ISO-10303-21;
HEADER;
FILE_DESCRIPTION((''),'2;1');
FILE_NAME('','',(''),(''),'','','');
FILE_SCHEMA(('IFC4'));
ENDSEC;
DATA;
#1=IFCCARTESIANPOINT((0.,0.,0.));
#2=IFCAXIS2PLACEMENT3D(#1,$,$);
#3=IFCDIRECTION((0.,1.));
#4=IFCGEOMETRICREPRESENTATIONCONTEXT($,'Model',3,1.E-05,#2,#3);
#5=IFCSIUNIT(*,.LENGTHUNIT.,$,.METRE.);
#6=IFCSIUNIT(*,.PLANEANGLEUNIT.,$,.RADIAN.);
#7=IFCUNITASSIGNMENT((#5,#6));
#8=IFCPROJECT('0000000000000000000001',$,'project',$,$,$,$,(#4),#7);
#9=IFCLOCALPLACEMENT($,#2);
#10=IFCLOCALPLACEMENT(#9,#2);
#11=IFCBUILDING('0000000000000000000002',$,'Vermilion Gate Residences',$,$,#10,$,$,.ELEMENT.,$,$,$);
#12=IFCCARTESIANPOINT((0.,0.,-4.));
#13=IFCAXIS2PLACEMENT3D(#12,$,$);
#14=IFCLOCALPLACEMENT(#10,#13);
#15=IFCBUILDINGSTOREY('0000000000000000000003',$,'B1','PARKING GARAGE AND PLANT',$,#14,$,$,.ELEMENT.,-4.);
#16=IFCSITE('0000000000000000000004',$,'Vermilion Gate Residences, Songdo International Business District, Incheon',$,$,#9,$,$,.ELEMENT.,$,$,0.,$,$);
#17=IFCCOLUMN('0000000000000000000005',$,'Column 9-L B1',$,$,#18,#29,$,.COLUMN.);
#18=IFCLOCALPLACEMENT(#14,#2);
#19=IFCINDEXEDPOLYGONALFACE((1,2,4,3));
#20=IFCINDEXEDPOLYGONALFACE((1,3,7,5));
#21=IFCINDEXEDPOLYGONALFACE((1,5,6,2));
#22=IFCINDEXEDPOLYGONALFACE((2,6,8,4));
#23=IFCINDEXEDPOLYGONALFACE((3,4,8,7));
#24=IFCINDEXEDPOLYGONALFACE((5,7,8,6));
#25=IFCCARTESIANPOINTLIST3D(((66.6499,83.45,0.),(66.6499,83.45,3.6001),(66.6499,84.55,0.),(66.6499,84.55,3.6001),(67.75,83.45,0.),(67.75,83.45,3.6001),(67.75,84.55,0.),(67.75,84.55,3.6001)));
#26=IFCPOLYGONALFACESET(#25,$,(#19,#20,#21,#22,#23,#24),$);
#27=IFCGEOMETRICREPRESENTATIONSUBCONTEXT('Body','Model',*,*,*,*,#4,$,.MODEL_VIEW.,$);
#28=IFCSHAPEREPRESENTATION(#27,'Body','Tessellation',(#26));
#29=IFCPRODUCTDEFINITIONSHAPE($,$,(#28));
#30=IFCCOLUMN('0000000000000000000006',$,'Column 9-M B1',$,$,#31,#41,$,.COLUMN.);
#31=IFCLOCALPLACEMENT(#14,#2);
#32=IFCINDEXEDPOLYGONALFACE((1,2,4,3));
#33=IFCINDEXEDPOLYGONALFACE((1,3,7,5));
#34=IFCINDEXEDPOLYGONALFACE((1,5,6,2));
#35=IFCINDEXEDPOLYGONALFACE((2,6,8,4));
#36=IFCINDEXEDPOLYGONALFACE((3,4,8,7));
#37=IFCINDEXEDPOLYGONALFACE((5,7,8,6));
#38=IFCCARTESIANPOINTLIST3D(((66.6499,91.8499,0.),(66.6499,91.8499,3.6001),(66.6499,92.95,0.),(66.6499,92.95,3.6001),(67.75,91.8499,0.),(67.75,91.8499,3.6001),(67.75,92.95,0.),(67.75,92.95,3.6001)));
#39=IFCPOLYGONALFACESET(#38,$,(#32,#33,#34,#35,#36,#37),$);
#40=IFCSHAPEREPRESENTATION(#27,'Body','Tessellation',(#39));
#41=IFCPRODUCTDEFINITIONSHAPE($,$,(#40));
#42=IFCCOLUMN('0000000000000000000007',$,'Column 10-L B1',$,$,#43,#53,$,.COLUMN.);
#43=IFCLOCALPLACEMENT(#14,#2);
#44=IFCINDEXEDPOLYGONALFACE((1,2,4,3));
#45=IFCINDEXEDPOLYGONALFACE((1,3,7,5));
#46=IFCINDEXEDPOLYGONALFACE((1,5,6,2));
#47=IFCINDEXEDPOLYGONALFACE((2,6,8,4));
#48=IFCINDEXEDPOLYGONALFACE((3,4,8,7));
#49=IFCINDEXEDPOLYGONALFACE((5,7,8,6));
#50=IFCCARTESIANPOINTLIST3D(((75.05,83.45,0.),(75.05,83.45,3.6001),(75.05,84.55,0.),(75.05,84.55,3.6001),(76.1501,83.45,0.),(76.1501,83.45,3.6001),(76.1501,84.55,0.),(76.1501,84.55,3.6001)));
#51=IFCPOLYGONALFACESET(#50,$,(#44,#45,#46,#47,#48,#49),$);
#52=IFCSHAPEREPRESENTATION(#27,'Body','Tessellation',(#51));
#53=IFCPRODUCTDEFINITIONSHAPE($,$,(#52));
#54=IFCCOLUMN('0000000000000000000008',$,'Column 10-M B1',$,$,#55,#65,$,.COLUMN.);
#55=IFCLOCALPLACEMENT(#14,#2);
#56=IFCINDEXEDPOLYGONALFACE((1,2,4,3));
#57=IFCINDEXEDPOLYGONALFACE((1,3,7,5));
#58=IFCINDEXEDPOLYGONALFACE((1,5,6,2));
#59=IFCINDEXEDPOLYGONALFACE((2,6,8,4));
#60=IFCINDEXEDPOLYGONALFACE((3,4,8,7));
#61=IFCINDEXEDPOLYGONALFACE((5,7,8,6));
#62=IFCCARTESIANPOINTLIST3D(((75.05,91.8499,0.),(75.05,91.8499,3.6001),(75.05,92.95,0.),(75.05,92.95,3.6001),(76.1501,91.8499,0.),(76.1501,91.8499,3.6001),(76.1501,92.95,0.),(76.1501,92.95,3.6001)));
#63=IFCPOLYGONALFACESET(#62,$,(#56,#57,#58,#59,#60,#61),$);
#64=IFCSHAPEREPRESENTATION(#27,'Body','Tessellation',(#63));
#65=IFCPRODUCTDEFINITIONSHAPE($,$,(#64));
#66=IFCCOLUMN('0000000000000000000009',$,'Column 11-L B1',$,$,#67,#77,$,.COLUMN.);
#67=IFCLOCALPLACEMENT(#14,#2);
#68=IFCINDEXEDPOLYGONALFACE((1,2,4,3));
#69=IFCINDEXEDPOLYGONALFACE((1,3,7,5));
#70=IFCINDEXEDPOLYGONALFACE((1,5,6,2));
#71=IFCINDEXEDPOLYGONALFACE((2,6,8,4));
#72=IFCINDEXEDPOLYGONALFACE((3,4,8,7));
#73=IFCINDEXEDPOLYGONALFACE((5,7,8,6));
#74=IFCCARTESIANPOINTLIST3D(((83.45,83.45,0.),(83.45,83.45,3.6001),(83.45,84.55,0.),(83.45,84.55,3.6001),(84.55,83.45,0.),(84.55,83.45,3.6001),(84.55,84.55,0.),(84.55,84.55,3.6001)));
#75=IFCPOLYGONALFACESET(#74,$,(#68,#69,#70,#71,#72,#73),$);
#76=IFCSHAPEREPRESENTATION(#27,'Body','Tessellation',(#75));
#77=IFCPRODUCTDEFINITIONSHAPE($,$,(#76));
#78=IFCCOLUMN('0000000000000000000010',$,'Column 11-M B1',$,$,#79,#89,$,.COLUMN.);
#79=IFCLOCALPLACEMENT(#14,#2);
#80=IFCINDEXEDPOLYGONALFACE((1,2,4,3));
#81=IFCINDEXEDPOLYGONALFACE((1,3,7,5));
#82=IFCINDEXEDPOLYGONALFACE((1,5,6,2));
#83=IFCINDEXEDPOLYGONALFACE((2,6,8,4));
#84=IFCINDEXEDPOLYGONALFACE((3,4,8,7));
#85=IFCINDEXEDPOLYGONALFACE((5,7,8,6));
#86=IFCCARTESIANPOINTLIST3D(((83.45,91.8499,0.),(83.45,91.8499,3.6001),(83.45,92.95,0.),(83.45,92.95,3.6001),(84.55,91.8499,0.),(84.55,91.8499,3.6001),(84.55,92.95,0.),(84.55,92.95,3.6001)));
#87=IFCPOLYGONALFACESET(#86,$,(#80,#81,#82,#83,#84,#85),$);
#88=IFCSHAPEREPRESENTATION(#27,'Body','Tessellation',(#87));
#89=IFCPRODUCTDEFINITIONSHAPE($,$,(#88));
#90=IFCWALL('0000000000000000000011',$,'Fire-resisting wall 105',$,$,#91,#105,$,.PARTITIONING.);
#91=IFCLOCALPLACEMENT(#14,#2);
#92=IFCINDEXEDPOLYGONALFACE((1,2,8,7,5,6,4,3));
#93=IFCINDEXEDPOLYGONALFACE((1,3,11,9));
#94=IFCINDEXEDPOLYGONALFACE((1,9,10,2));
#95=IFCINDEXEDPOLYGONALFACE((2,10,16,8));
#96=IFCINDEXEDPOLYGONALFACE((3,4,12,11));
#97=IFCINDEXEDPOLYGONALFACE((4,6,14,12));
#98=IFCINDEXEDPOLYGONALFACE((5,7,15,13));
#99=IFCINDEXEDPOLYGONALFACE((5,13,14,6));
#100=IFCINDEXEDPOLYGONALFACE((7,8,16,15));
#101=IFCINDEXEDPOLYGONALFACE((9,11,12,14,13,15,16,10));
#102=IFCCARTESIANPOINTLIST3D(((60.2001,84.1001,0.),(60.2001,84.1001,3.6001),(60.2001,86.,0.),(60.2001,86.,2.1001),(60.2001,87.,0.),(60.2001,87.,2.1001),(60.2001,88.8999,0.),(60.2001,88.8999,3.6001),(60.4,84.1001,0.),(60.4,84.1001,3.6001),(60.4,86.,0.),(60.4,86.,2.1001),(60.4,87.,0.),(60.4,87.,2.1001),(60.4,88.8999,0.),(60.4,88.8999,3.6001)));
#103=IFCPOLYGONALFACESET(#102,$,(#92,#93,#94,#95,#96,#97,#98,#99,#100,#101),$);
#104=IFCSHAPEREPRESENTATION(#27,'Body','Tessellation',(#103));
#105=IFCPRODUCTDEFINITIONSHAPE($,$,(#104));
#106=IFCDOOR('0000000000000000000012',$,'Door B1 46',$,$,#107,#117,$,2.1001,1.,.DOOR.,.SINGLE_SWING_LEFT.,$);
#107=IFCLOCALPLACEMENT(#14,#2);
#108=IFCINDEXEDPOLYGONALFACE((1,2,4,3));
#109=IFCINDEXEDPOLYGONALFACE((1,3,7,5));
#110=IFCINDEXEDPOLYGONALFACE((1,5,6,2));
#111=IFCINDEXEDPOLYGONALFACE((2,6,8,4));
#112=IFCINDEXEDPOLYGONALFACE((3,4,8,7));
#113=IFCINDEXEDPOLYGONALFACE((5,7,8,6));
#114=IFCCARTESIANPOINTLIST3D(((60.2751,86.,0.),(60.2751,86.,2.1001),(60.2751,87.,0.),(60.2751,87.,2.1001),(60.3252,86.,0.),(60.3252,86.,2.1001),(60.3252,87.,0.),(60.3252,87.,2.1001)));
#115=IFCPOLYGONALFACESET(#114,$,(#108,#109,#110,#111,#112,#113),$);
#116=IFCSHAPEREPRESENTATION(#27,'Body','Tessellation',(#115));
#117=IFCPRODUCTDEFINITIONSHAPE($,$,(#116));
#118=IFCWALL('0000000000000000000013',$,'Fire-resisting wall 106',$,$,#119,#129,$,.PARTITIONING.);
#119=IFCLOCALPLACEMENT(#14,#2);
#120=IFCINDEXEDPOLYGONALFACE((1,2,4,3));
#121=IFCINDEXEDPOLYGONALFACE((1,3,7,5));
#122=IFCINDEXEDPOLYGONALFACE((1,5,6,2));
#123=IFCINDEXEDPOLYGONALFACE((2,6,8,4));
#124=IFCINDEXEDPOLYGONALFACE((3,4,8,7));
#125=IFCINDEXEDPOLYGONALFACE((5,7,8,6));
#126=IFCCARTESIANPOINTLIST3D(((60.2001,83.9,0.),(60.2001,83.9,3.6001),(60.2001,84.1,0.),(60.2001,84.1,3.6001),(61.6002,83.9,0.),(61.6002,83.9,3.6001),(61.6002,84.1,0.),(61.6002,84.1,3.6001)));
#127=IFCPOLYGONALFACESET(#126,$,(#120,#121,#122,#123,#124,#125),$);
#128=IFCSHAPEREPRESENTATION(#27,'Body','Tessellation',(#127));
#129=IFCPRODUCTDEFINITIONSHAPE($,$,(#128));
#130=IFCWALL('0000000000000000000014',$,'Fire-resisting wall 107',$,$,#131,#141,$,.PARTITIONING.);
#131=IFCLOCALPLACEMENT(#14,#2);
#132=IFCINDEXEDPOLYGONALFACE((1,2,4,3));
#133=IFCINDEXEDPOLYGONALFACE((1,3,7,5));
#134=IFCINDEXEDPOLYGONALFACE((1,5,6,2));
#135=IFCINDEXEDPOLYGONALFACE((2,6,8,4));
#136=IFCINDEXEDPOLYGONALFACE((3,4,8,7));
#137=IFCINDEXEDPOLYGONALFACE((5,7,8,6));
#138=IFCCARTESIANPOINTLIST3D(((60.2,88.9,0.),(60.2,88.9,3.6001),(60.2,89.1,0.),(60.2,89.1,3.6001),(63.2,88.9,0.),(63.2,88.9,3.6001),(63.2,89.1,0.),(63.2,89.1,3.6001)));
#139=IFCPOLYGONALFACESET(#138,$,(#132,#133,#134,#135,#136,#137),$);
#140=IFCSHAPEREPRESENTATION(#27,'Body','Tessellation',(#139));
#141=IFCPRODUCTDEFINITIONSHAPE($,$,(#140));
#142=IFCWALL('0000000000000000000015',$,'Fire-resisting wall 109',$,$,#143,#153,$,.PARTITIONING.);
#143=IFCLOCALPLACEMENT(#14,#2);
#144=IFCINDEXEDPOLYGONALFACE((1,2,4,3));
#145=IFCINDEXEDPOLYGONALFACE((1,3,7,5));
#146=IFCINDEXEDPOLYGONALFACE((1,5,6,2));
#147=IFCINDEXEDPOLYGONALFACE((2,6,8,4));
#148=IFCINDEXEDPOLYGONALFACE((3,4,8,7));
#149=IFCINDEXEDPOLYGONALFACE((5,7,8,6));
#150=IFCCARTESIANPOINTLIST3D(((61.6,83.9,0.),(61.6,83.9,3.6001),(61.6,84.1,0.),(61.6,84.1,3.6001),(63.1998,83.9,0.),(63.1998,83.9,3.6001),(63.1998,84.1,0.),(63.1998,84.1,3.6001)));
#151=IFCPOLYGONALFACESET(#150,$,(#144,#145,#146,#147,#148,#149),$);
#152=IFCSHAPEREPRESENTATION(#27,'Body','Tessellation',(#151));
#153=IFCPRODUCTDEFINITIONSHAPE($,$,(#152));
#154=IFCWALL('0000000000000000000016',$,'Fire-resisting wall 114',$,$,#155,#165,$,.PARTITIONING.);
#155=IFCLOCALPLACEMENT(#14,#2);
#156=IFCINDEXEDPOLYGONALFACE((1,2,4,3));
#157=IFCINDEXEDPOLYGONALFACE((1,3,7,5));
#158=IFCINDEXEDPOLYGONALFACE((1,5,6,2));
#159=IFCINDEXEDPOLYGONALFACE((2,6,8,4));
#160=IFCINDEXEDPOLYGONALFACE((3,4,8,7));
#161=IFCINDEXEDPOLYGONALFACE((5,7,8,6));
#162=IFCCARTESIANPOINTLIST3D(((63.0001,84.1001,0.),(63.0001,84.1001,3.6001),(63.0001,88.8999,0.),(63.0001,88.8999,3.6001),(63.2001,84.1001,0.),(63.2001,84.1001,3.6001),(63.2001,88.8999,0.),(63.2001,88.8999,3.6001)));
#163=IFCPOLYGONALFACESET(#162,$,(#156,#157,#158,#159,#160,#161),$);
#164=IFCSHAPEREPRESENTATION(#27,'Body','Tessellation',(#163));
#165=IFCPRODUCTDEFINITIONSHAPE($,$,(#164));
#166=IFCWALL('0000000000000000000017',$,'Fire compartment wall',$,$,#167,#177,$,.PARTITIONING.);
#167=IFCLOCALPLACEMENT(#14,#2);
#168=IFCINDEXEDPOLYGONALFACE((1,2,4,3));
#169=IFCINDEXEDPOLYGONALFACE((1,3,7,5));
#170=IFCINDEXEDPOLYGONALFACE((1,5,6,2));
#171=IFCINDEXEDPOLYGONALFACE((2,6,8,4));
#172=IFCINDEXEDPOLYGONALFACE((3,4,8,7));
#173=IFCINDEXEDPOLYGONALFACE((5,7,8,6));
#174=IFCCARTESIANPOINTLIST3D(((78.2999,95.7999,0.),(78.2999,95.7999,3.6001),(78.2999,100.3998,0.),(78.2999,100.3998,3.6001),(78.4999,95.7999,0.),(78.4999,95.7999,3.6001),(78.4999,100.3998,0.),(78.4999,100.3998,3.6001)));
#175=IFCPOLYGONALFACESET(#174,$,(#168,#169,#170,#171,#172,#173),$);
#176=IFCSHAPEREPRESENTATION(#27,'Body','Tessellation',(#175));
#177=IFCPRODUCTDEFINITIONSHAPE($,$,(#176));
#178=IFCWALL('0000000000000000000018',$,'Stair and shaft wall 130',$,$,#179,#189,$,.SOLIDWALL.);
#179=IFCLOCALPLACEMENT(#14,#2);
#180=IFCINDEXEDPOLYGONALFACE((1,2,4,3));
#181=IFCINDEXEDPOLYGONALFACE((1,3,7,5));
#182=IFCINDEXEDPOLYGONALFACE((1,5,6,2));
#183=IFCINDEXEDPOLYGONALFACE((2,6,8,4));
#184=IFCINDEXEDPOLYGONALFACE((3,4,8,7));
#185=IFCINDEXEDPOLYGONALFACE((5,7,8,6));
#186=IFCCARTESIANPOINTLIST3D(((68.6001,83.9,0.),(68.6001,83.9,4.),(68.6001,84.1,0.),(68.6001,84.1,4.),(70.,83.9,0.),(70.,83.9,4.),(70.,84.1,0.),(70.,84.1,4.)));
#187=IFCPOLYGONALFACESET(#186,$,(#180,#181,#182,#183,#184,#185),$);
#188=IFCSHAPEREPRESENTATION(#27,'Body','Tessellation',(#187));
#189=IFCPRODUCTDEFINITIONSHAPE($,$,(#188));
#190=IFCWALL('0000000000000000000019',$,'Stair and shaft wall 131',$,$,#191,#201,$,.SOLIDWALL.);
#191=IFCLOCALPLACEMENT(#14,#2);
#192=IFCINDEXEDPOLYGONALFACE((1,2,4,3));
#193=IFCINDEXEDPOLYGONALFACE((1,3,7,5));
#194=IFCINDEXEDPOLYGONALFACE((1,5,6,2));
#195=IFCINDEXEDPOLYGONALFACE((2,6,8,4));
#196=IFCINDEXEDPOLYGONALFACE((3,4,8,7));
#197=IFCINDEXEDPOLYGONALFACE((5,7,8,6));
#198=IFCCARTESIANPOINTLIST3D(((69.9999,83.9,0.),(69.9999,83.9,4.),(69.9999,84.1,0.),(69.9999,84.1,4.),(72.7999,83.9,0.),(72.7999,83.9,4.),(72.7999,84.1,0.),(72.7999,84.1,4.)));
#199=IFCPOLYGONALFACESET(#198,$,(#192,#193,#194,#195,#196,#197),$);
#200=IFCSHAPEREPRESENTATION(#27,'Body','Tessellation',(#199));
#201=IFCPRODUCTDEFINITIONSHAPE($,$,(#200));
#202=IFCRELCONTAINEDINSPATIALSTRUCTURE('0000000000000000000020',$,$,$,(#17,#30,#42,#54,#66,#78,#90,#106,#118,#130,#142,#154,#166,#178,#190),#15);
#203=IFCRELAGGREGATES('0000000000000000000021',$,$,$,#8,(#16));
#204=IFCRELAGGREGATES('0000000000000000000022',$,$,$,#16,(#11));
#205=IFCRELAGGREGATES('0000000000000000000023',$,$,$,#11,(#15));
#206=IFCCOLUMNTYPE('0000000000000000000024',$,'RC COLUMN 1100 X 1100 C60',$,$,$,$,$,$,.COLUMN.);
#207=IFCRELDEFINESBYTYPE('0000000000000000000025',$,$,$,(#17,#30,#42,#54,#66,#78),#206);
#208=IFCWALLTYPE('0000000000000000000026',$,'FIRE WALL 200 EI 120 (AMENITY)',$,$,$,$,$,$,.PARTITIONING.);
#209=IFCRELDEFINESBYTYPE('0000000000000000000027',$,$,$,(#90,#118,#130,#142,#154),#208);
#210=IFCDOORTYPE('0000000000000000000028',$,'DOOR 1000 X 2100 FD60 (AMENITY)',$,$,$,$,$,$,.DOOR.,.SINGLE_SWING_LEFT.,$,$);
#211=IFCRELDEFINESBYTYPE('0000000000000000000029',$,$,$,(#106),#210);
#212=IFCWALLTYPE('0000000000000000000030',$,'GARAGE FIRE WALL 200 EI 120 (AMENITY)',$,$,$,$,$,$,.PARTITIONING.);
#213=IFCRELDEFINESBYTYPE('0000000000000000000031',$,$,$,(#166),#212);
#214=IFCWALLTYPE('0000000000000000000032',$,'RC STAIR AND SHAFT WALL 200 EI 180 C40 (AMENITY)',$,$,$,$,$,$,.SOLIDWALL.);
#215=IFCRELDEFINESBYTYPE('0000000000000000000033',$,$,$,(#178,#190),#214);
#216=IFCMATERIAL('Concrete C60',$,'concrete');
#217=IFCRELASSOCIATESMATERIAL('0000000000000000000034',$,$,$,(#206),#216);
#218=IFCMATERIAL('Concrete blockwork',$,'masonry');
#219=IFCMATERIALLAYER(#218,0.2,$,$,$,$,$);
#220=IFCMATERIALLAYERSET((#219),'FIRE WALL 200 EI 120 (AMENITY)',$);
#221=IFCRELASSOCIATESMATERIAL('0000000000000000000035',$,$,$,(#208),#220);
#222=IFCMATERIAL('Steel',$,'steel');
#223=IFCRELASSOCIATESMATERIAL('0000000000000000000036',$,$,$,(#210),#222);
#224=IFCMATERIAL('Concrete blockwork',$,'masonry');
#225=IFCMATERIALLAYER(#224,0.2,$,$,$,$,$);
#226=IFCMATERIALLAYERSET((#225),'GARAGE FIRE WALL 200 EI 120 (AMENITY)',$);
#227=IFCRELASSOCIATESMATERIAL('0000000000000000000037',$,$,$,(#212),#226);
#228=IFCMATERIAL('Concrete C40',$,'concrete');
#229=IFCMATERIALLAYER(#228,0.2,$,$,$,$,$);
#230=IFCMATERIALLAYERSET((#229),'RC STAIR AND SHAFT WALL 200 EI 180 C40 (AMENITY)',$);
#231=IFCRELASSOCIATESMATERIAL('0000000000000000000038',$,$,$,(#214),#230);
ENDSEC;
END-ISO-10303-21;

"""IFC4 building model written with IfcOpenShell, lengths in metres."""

from ifc_helpers import new_model, si_unit, direction, frame, frame_2d, origin, origin_2d, place, context, subcontext, project, spatial, rectangle, extrude, material, layer, layer_set, material_profile, profile_set, type_object, element, fill, save


model = new_model("IFC4")

# Units and contexts
model_context = context("Model", 3, precision=1e-05, world=origin(), true_north=direction((0.0, 1.0)))
body_context = subcontext(model_context, "Body", "Model", "MODEL_VIEW")
ifc_project = project(units=[si_unit("LENGTHUNIT", "METRE"), si_unit("PLANEANGLEUNIT", "RADIAN")], contexts=[model_context])

# Site, building, storey
site_placement = place(None, origin())
site = spatial("IfcSite", under=ifc_project, at=site_placement, Name="Vermilion Gate Residences, Songdo International Business District, Incheon", CompositionType="ELEMENT", RefElevation=0.0)
building_placement = place(site_placement, origin())
building = spatial("IfcBuilding", under=site, at=building_placement, Name="Vermilion Gate Residences", CompositionType="ELEMENT")
storey_placement = place(building_placement, frame((0.0, 0.0, -4.0)))
storey = spatial("IfcBuildingStorey", under=building, at=storey_placement, Name="B1", Description="PARKING GARAGE AND PLANT", CompositionType="ELEMENT", Elevation=-4.0)

# Columns
ifc_material_1 = material(Name="Concrete C60", Category="concrete")
ifc_material_profile = material_profile(ifc_material_1, rectangle(XDim=1.1001, YDim=1.1001, at=origin_2d()), Name="RC-1100x1100")
ifc_profile_set = profile_set([ifc_material_profile], Name="Concrete C60")
column_type = type_object("IfcColumnType", Name="RC COLUMN 1100 X 1100 C60", PredefinedType="COLUMN", material=ifc_profile_set)
for number, where, z_axis, x_axis, name in (
    (1, (67.2, 84.0, 0.0), (0.0, 0.0, 1.0), (1.0, 0.0, 0.0), "Column 9-L B1"),
    (2, (67.2, 92.3999, 0.0), (0.0, 0.0, 1.0), (1.0, 0.0, 0.0), "Column 9-M B1"),
    (3, (75.6001, 84.0, 0.0), (0.0, 0.0, 1.0), (1.0, 0.0, 0.0), "Column 10-L B1"),
    (4, (75.6001, 92.3999, 0.0), (0.0, 0.0, 1.0), (1.0, 0.0, 0.0), "Column 10-M B1"),
    (5, (84.0, 84.0, 0.0), (0.0, 0.0, 1.0), (1.0, 0.0, 0.0), "Column 11-L B1"),
    (6, (84.0, 92.3999, 0.0), (0.0, 0.0, 1.0), (1.0, 0.0, 0.0), "Column 11-M B1"),
):
    element("IfcColumn", number, at=place(storey_placement, frame(where, z_axis=z_axis, x_axis=x_axis)), inside=storey, type_object=column_type, Name=name, PredefinedType="COLUMN", context=body_context, shape_type="SweptSolid", body=[
        extrude(rectangle(XDim=1.1001, YDim=1.1001, at=origin_2d()), origin(), (0.0, 0.0, 1.0), 3.6001),
    ])

# Wall, opening, door
ifc_material_2 = material(Name="Concrete blockwork", Category="masonry")
ifc_layer_1 = layer(ifc_material_2, 0.2)
ifc_layer_set_1 = layer_set([ifc_layer_1], Name="FIRE WALL 200 EI 120 (AMENITY)")
wall_type_1 = type_object("IfcWallType", Name="FIRE WALL 200 EI 120 (AMENITY)", PredefinedType="PARTITIONING", material=ifc_layer_set_1)
wall_1_placement = place(storey_placement, frame((60.3, 84.1001, 0.0), z_axis=(0.0, 0.0, 1.0), x_axis=(0.0, 1.0, 0.0)))
wall_1 = element("IfcWall", 7, at=wall_1_placement, inside=storey, type_object=wall_type_1, Name="Fire-resisting wall 105", PredefinedType="PARTITIONING", context=body_context, shape_type="SweptSolid", body=[
    extrude(rectangle(XDim=4.7998, YDim=0.2, at=frame_2d((2.3999, 0.0))), origin(), (0.0, 0.0, 1.0), 3.6001),
])
opening_1_placement = place(wall_1_placement, frame((1.8999, 0.0, 0.0)))
opening_1 = element("IfcOpeningElement", 8, at=opening_1_placement, cuts=wall_1, PredefinedType="OPENING", context=body_context, shape_type="SweptSolid", body=[
    extrude(rectangle(XDim=1.0, YDim=2.1001, at=frame_2d((0.5, 1.05))), frame((0.0, 0.1099, 0.0), z_axis=(0.0, -1.0, 0.0), x_axis=(1.0, 0.0, 0.0)), (0.0, 0.0, 1.0), 0.22),
])
ifc_material_3 = material(Name="Steel", Category="steel")
door_type_1 = type_object("IfcDoorType", Name="DOOR 1000 X 2100 FD60 (AMENITY)", OperationType="SINGLE_SWING_LEFT", PredefinedType="DOOR", material=ifc_material_3)
door_1_placement = place(opening_1_placement, origin())
door_1 = element("IfcDoor", 9, at=door_1_placement, inside=storey, type_object=door_type_1, Name="Door B1 46", OperationType="SINGLE_SWING_LEFT", OverallHeight=2.1001, OverallWidth=1.0, PredefinedType="DOOR", context=body_context, shape_type="SweptSolid", body=[
    extrude(rectangle(XDim=1.0, YDim=2.1001, at=frame_2d((0.5, 1.05))), frame((0.0, 0.0249, 0.0), z_axis=(0.0, -1.0, 0.0), x_axis=(1.0, 0.0, 0.0)), (0.0, 0.0, 1.0), 0.05),
])
fill(opening_1, door_1)

# Walls
wall_2_placement = place(storey_placement, frame((60.2, 84.0, 0.0), z_axis=(0.0, 0.0, 1.0), x_axis=(1.0, 0.0, 0.0)))
element("IfcWall", 10, at=wall_2_placement, inside=storey, type_object=wall_type_1, Name="Fire-resisting wall 106", PredefinedType="PARTITIONING", context=body_context, shape_type="SweptSolid", body=[
    extrude(rectangle(XDim=1.4001, YDim=0.2, at=frame_2d((0.7002, 0.0))), origin(), (0.0, 0.0, 1.0), 3.6001),
])
wall_3_placement = place(storey_placement, frame((60.2, 89.0, 0.0), z_axis=(0.0, 0.0, 1.0), x_axis=(1.0, 0.0, 0.0)))
element("IfcWall", 11, at=wall_3_placement, inside=storey, type_object=wall_type_1, Name="Fire-resisting wall 107", PredefinedType="PARTITIONING", context=body_context, shape_type="SweptSolid", body=[
    extrude(rectangle(XDim=3.0, YDim=0.2, at=frame_2d((1.5, 0.0))), origin(), (0.0, 0.0, 1.0), 3.6001),
])
wall_4_placement = place(storey_placement, frame((61.6001, 84.0, 0.0), z_axis=(0.0, 0.0, 1.0), x_axis=(1.0, 0.0, 0.0)))
element("IfcWall", 12, at=wall_4_placement, inside=storey, type_object=wall_type_1, Name="Fire-resisting wall 109", PredefinedType="PARTITIONING", context=body_context, shape_type="SweptSolid", body=[
    extrude(rectangle(XDim=1.5999, YDim=0.2, at=frame_2d((0.7998, 0.0))), origin(), (0.0, 0.0, 1.0), 3.6001),
])
wall_5_placement = place(storey_placement, frame((63.1001, 84.1001, 0.0), z_axis=(0.0, 0.0, 1.0), x_axis=(0.0, 1.0, 0.0)))
element("IfcWall", 13, at=wall_5_placement, inside=storey, type_object=wall_type_1, Name="Fire-resisting wall 114", PredefinedType="PARTITIONING", context=body_context, shape_type="SweptSolid", body=[
    extrude(rectangle(XDim=4.7998, YDim=0.2, at=frame_2d((2.3999, 0.0))), origin(), (0.0, 0.0, 1.0), 3.6001),
])

# Shared definitions
ifc_material_4 = material(Name="Concrete blockwork", Category="masonry")
ifc_layer_2 = layer(ifc_material_4, 0.2)
ifc_layer_set_2 = layer_set([ifc_layer_2], Name="GARAGE FIRE WALL 200 EI 120 (AMENITY)")
wall_type_2 = type_object("IfcWallType", Name="GARAGE FIRE WALL 200 EI 120 (AMENITY)", PredefinedType="PARTITIONING", material=ifc_layer_set_2)

# Walls
wall_6_placement = place(storey_placement, frame((78.3999, 95.8, 0.0), z_axis=(0.0, 0.0, 1.0), x_axis=(0.0, 1.0, 0.0)))
element("IfcWall", 14, at=wall_6_placement, inside=storey, type_object=wall_type_2, Name="Fire compartment wall", PredefinedType="PARTITIONING", context=body_context, shape_type="SweptSolid", body=[
    extrude(rectangle(XDim=4.5999, YDim=0.2, at=frame_2d((2.2998, 0.0))), origin(), (0.0, 0.0, 1.0), 3.6001),
])
ifc_material_5 = material(Name="Concrete C40", Category="concrete")
ifc_layer_3 = layer(ifc_material_5, 0.2)
ifc_layer_set_3 = layer_set([ifc_layer_3], Name="RC STAIR AND SHAFT WALL 200 EI 180 C40 (AMENITY)")
wall_type_3 = type_object("IfcWallType", Name="RC STAIR AND SHAFT WALL 200 EI 180 C40 (AMENITY)", PredefinedType="SOLIDWALL", material=ifc_layer_set_3)
wall_7_placement = place(storey_placement, frame((68.6001, 84.0, 0.0), z_axis=(0.0, 0.0, 1.0), x_axis=(1.0, 0.0, 0.0)))
element("IfcWall", 15, at=wall_7_placement, inside=storey, type_object=wall_type_3, Name="Stair and shaft wall 130", PredefinedType="SOLIDWALL", context=body_context, shape_type="SweptSolid", body=[
    extrude(rectangle(XDim=1.3999, YDim=0.2, at=frame_2d((0.7, 0.0))), origin(), (0.0, 0.0, 1.0), 4.0),
])
wall_8_placement = place(storey_placement, frame((70.0, 84.0, 0.0), z_axis=(0.0, 0.0, 1.0), x_axis=(1.0, 0.0, 0.0)))
element("IfcWall", 16, at=wall_8_placement, inside=storey, type_object=wall_type_3, Name="Stair and shaft wall 131", PredefinedType="SOLIDWALL", context=body_context, shape_type="SweptSolid", body=[
    extrude(rectangle(XDim=2.8, YDim=0.2, at=frame_2d((1.3999, 0.0))), origin(), (0.0, 0.0, 1.0), 4.0),
])

save(model, "model.ifc")
